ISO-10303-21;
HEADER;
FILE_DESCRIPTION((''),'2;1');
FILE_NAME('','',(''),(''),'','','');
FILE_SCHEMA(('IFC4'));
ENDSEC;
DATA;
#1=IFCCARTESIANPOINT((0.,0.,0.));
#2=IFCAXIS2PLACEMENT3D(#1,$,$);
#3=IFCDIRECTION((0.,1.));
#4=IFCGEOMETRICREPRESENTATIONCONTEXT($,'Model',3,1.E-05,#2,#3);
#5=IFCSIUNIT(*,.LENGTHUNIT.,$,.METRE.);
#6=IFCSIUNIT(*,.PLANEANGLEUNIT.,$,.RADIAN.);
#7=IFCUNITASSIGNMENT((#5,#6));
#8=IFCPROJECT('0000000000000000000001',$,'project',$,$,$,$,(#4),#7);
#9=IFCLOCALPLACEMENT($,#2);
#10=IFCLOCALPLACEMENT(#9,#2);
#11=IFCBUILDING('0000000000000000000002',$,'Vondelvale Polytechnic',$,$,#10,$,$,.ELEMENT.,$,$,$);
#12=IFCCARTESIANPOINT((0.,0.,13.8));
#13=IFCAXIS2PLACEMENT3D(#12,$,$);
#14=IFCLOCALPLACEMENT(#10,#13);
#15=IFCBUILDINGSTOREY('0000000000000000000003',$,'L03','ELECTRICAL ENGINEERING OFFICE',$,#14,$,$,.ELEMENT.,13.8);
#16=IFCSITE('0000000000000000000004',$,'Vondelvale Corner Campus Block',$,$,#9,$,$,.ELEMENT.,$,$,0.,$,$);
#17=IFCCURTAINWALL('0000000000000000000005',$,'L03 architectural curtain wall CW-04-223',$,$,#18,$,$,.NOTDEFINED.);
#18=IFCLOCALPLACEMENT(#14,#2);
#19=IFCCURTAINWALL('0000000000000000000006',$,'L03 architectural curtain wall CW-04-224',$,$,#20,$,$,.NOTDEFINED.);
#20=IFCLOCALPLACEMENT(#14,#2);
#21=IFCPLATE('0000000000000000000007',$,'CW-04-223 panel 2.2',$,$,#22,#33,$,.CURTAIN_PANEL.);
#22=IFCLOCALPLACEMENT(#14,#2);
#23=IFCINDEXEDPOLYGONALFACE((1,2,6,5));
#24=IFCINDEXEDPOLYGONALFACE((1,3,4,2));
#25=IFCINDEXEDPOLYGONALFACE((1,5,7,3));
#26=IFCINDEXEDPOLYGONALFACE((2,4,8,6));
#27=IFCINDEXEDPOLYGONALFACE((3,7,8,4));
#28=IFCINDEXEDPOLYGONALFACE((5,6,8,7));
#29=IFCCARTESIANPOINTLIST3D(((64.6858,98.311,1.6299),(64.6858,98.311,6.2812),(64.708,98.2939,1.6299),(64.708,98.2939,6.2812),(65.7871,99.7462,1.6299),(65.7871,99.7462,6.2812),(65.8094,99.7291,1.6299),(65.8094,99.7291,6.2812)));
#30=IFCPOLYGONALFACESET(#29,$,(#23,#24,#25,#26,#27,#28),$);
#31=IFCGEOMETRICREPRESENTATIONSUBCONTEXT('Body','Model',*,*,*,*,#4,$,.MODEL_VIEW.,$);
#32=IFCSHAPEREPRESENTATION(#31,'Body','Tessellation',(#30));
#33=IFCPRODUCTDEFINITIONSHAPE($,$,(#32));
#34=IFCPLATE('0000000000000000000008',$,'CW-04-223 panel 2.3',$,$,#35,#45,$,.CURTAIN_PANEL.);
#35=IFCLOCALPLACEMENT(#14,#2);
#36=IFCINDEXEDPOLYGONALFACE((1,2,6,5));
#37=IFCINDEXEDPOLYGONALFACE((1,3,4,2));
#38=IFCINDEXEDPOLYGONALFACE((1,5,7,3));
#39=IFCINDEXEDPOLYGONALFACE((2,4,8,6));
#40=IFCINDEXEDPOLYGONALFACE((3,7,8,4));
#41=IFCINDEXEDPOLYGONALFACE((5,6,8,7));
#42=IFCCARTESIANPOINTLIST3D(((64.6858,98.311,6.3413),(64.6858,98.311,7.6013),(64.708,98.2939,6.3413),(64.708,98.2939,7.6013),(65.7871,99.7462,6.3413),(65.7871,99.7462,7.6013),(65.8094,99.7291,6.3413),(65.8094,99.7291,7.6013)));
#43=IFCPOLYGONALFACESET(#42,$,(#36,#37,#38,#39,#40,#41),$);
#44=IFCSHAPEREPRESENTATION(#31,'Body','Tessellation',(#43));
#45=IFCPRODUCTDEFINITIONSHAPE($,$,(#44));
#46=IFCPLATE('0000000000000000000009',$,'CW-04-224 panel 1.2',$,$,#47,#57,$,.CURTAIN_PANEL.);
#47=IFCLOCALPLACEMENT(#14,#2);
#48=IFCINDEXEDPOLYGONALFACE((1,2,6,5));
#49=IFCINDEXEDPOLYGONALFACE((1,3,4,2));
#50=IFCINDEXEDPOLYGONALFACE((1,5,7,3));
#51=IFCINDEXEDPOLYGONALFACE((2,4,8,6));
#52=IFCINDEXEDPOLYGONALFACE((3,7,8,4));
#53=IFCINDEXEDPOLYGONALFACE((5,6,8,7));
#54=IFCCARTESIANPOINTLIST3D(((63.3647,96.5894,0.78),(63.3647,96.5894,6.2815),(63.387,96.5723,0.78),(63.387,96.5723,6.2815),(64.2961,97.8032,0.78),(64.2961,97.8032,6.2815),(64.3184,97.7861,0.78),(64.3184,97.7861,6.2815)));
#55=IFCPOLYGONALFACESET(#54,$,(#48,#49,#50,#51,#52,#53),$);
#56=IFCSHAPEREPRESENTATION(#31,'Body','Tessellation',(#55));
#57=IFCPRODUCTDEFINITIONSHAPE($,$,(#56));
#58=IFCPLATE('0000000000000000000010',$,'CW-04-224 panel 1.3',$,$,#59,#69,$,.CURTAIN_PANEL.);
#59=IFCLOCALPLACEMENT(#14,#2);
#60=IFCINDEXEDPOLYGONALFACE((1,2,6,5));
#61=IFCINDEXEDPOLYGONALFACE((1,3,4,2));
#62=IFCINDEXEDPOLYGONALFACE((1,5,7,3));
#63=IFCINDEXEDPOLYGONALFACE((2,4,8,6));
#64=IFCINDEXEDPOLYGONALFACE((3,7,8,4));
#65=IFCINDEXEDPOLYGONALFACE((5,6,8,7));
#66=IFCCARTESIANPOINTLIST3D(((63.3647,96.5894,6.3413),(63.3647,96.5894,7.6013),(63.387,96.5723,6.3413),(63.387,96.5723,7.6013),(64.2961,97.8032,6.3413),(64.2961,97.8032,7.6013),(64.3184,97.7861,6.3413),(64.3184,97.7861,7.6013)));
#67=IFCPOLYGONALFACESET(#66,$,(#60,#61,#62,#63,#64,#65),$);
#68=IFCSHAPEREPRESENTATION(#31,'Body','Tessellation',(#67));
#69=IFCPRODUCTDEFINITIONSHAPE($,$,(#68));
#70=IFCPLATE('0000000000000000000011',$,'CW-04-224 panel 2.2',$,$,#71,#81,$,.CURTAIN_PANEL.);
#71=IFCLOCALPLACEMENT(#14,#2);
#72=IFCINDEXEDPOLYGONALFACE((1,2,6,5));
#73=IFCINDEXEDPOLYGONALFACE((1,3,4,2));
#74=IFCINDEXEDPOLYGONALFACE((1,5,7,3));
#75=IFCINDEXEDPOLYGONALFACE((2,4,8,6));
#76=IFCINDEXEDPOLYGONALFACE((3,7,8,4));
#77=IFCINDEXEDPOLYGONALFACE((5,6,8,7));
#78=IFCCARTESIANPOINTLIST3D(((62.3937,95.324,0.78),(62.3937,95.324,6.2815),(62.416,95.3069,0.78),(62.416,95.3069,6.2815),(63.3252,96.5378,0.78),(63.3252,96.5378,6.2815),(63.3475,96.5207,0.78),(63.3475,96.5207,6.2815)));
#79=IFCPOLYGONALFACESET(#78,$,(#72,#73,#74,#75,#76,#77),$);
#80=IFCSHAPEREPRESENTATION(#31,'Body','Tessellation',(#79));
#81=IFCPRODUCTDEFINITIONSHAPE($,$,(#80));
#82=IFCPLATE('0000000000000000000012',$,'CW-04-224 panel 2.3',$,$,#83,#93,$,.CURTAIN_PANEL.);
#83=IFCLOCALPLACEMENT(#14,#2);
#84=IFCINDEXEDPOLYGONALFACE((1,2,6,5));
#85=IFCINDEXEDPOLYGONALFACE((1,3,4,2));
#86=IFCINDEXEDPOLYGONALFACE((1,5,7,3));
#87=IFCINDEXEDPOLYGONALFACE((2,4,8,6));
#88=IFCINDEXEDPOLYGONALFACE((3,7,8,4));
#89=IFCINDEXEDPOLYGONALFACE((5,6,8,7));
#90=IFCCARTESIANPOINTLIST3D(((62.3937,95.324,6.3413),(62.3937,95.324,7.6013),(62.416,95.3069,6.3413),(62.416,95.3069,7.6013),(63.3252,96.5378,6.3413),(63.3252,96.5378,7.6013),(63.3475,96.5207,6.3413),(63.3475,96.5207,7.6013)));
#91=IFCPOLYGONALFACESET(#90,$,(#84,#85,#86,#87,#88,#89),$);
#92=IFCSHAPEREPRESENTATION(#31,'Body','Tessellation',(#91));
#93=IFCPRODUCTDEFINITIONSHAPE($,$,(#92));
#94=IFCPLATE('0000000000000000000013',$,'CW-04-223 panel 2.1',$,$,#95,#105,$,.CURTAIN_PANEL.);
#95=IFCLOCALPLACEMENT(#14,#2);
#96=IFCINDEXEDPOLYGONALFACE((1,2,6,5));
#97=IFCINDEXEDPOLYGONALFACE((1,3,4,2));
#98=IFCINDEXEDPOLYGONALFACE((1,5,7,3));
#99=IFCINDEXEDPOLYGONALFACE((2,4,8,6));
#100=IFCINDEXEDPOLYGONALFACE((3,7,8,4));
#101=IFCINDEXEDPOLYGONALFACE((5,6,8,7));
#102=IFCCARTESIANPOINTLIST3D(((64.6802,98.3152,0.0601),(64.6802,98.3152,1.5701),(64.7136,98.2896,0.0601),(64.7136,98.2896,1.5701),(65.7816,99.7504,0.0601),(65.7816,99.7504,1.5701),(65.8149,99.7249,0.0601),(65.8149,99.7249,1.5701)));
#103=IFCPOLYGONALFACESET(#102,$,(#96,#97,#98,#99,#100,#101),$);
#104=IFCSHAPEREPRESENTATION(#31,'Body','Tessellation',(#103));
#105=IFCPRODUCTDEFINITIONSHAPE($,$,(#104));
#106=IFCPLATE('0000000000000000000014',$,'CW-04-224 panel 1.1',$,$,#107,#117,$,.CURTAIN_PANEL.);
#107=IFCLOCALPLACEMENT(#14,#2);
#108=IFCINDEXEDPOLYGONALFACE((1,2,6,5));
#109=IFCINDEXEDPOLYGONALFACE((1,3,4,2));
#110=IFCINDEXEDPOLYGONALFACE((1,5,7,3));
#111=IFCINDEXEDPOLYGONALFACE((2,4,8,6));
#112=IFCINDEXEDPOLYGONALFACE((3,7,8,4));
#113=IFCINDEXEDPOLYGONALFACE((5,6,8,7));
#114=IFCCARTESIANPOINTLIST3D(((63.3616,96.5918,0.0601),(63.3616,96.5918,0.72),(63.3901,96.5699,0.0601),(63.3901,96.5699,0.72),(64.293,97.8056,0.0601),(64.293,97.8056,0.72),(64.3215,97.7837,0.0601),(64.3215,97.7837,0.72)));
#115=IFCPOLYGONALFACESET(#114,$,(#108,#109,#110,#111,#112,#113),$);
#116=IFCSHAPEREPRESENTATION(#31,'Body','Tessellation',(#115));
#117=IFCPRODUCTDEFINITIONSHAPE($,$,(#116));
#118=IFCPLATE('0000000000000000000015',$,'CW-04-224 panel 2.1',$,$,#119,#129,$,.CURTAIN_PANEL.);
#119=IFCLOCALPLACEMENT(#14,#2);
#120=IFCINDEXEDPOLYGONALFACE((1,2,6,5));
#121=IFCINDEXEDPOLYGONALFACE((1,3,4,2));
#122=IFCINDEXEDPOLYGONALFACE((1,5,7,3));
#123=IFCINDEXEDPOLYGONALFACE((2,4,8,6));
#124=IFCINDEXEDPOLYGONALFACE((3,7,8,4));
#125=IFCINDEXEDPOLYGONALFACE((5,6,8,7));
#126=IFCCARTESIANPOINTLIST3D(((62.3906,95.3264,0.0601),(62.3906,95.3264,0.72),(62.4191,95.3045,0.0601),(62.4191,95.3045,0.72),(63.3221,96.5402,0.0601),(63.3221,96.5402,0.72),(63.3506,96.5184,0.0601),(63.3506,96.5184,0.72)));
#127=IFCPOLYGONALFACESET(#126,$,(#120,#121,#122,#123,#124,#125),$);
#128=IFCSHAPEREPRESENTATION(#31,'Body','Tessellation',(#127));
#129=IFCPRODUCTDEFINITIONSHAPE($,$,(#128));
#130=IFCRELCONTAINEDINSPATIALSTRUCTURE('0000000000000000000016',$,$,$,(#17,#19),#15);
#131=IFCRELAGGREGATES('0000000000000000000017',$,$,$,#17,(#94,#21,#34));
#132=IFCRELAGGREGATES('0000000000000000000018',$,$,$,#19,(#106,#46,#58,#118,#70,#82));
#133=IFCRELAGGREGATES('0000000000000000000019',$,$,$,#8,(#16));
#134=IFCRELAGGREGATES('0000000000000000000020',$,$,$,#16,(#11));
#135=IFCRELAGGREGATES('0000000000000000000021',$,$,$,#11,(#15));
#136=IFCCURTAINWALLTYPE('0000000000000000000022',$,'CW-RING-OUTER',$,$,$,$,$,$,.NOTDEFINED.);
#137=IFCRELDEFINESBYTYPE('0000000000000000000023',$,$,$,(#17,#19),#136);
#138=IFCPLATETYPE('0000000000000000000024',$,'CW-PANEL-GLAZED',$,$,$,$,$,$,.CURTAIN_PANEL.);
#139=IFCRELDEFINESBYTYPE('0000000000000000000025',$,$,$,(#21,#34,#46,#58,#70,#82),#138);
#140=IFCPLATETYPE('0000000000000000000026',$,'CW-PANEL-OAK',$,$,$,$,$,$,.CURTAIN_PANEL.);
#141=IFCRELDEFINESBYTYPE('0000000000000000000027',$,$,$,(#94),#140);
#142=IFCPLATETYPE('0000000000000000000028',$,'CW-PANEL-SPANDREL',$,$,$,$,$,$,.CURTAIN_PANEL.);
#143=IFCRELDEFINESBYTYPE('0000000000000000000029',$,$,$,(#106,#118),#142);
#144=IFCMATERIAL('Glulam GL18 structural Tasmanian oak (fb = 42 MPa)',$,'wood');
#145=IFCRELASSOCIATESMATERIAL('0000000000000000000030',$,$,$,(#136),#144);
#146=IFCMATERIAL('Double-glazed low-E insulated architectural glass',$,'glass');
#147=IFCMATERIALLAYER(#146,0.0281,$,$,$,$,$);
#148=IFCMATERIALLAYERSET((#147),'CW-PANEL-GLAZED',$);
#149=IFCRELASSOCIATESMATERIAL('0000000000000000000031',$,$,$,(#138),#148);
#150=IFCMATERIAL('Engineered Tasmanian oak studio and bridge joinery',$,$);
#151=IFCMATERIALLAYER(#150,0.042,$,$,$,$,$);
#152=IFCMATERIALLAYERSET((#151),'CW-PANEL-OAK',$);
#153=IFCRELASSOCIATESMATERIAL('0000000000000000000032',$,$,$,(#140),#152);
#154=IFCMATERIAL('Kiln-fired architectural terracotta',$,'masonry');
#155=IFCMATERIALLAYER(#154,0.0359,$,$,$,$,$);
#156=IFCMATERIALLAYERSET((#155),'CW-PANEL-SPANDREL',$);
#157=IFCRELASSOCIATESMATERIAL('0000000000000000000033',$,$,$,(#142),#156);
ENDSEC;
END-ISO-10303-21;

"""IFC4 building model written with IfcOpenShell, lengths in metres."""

from ifc_helpers import new_model, si_unit, direction, frame, origin, origin_2d, place, context, subcontext, project, spatial, rectangle, extrude, material, layer, layer_set, type_object, element, aggregate, save


model = new_model("IFC4")

# Units and contexts
model_context = context("Model", 3, precision=1e-05, world=origin(), true_north=direction((0.0, 1.0)))
body_context = subcontext(model_context, "Body", "Model", "MODEL_VIEW")
ifc_project = project(units=[si_unit("LENGTHUNIT", "METRE"), si_unit("PLANEANGLEUNIT", "RADIAN")], contexts=[model_context])

# Site, building, storey
site_placement = place(None, origin())
site = spatial("IfcSite", under=ifc_project, at=site_placement, Name="Vondelvale Corner Campus Block", CompositionType="ELEMENT", RefElevation=0.0)
building_placement = place(site_placement, origin())
building = spatial("IfcBuilding", under=site, at=building_placement, Name="Vondelvale Polytechnic", CompositionType="ELEMENT")
storey_placement = place(building_placement, frame((0.0, 0.0, 13.8)))
storey = spatial("IfcBuildingStorey", under=building, at=storey_placement, Name="L03", Description="ELECTRICAL ENGINEERING OFFICE", CompositionType="ELEMENT", Elevation=13.8)

# Shared definitions
ifc_material_1 = material(Name="Glulam GL18 structural Tasmanian oak (fb = 42 MPa)", Category="wood")

# Curtain wall
curtain_wall_type_1 = type_object("IfcCurtainWallType", Name="CW-RING-OUTER", PredefinedType="NOTDEFINED", material=ifc_material_1)
curtain_wall_1_placement = place(storey_placement, origin())
curtain_wall_1 = element("IfcCurtainWall", 1, at=curtain_wall_1_placement, inside=storey, type_object=curtain_wall_type_1, Name="L03 architectural curtain wall CW-04-223", PredefinedType="NOTDEFINED")

# Curtain wall
curtain_wall_2_placement = place(storey_placement, origin())
curtain_wall_2 = element("IfcCurtainWall", 2, at=curtain_wall_2_placement, inside=storey, type_object=curtain_wall_type_1, Name="L03 architectural curtain wall CW-04-224", PredefinedType="NOTDEFINED")

# Plates
ifc_material_2 = material(Name="Double-glazed low-E insulated architectural glass", Category="glass")
ifc_layer_1 = layer(ifc_material_2, 0.0281)
ifc_layer_set_1 = layer_set([ifc_layer_1], Name="CW-PANEL-GLAZED")
plate_type_1 = type_object("IfcPlateType", Name="CW-PANEL-GLAZED", PredefinedType="CURTAIN_PANEL", material=ifc_layer_set_1)
plate_1_placement = place(storey_placement, frame((65.2476, 99.02, 1.6299), z_axis=(0.0, 0.0, 1.0), x_axis=(-0.608771, -0.793346, 0.0)))
plate_1 = element("IfcPlate", 3, at=plate_1_placement, type_object=plate_type_1, Name="CW-04-223 panel 2.2", PredefinedType="CURTAIN_PANEL", context=body_context, shape_type="SweptSolid", body=[
    extrude(rectangle(XDim=1.8091, YDim=0.0281, at=origin_2d()), origin(), (0.0, 0.0, 1.0), 4.6514),
])
plate_2_placement = place(storey_placement, frame((65.2476, 99.02, 6.3413), z_axis=(0.0, 0.0, 1.0), x_axis=(-0.608771, -0.793346, 0.0)))
plate_2 = element("IfcPlate", 4, at=plate_2_placement, type_object=plate_type_1, Name="CW-04-223 panel 2.3", PredefinedType="CURTAIN_PANEL", context=body_context, shape_type="SweptSolid", body=[
    extrude(rectangle(XDim=1.8091, YDim=0.0281, at=origin_2d()), origin(), (0.0, 0.0, 1.0), 1.26),
])
plate_3_placement = place(storey_placement, frame((63.8416, 97.1877, 0.78), z_axis=(0.0, 0.0, 1.0), x_axis=(-0.608787, -0.793334, 0.0)))
plate_3 = element("IfcPlate", 5, at=plate_3_placement, type_object=plate_type_1, Name="CW-04-224 panel 1.2", PredefinedType="CURTAIN_PANEL", context=body_context, shape_type="SweptSolid", body=[
    extrude(rectangle(XDim=1.53, YDim=0.0281, at=origin_2d()), origin(), (0.0, 0.0, 1.0), 5.5015),
])
plate_4_placement = place(storey_placement, frame((63.8416, 97.1877, 6.3413), z_axis=(0.0, 0.0, 1.0), x_axis=(-0.608787, -0.793334, 0.0)))
plate_4 = element("IfcPlate", 6, at=plate_4_placement, type_object=plate_type_1, Name="CW-04-224 panel 1.3", PredefinedType="CURTAIN_PANEL", context=body_context, shape_type="SweptSolid", body=[
    extrude(rectangle(XDim=1.53, YDim=0.0281, at=origin_2d()), origin(), (0.0, 0.0, 1.0), 1.26),
])
plate_5_placement = place(storey_placement, frame((62.8706, 95.9224, 0.78), z_axis=(0.0, 0.0, 1.0), x_axis=(-0.608787, -0.793334, 0.0)))
plate_5 = element("IfcPlate", 7, at=plate_5_placement, type_object=plate_type_1, Name="CW-04-224 panel 2.2", PredefinedType="CURTAIN_PANEL", context=body_context, shape_type="SweptSolid", body=[
    extrude(rectangle(XDim=1.53, YDim=0.0281, at=origin_2d()), origin(), (0.0, 0.0, 1.0), 5.5015),
])
plate_6_placement = place(storey_placement, frame((62.8706, 95.9224, 6.3413), z_axis=(0.0, 0.0, 1.0), x_axis=(-0.608787, -0.793334, 0.0)))
plate_6 = element("IfcPlate", 8, at=plate_6_placement, type_object=plate_type_1, Name="CW-04-224 panel 2.3", PredefinedType="CURTAIN_PANEL", context=body_context, shape_type="SweptSolid", body=[
    extrude(rectangle(XDim=1.53, YDim=0.0281, at=origin_2d()), origin(), (0.0, 0.0, 1.0), 1.26),
])
ifc_material_3 = material(Name="Engineered Tasmanian oak studio and bridge joinery")
ifc_layer_2 = layer(ifc_material_3, 0.042)
ifc_layer_set_2 = layer_set([ifc_layer_2], Name="CW-PANEL-OAK")
plate_type_2 = type_object("IfcPlateType", Name="CW-PANEL-OAK", PredefinedType="CURTAIN_PANEL", material=ifc_layer_set_2)
plate_7_placement = place(storey_placement, frame((65.2476, 99.02, 0.0601), z_axis=(0.0, 0.0, 1.0), x_axis=(-0.608771, -0.793346, 0.0)))
plate_7 = element("IfcPlate", 9, at=plate_7_placement, type_object=plate_type_2, Name="CW-04-223 panel 2.1", PredefinedType="CURTAIN_PANEL", context=body_context, shape_type="SweptSolid", body=[
    extrude(rectangle(XDim=1.8091, YDim=0.042, at=origin_2d()), origin(), (0.0, 0.0, 1.0), 1.51),
])
aggregate(curtain_wall_1, [plate_7, plate_1, plate_2])
ifc_material_4 = material(Name="Kiln-fired architectural terracotta", Category="masonry")
ifc_layer_3 = layer(ifc_material_4, 0.0359)
ifc_layer_set_3 = layer_set([ifc_layer_3], Name="CW-PANEL-SPANDREL")
plate_type_3 = type_object("IfcPlateType", Name="CW-PANEL-SPANDREL", PredefinedType="CURTAIN_PANEL", material=ifc_layer_set_3)
plate_8_placement = place(storey_placement, frame((63.8416, 97.1877, 0.0601), z_axis=(0.0, 0.0, 1.0), x_axis=(-0.608787, -0.793334, 0.0)))
plate_8 = element("IfcPlate", 10, at=plate_8_placement, type_object=plate_type_3, Name="CW-04-224 panel 1.1", PredefinedType="CURTAIN_PANEL", context=body_context, shape_type="SweptSolid", body=[
    extrude(rectangle(XDim=1.53, YDim=0.0359, at=origin_2d()), origin(), (0.0, 0.0, 1.0), 0.6599),
])
plate_9_placement = place(storey_placement, frame((62.8706, 95.9224, 0.0601), z_axis=(0.0, 0.0, 1.0), x_axis=(-0.608787, -0.793334, 0.0)))
plate_9 = element("IfcPlate", 11, at=plate_9_placement, type_object=plate_type_3, Name="CW-04-224 panel 2.1", PredefinedType="CURTAIN_PANEL", context=body_context, shape_type="SweptSolid", body=[
    extrude(rectangle(XDim=1.53, YDim=0.0359, at=origin_2d()), origin(), (0.0, 0.0, 1.0), 0.6599),
])
aggregate(curtain_wall_2, [plate_8, plate_3, plate_4, plate_9, plate_5, plate_6])

save(model, "model.ifc")
